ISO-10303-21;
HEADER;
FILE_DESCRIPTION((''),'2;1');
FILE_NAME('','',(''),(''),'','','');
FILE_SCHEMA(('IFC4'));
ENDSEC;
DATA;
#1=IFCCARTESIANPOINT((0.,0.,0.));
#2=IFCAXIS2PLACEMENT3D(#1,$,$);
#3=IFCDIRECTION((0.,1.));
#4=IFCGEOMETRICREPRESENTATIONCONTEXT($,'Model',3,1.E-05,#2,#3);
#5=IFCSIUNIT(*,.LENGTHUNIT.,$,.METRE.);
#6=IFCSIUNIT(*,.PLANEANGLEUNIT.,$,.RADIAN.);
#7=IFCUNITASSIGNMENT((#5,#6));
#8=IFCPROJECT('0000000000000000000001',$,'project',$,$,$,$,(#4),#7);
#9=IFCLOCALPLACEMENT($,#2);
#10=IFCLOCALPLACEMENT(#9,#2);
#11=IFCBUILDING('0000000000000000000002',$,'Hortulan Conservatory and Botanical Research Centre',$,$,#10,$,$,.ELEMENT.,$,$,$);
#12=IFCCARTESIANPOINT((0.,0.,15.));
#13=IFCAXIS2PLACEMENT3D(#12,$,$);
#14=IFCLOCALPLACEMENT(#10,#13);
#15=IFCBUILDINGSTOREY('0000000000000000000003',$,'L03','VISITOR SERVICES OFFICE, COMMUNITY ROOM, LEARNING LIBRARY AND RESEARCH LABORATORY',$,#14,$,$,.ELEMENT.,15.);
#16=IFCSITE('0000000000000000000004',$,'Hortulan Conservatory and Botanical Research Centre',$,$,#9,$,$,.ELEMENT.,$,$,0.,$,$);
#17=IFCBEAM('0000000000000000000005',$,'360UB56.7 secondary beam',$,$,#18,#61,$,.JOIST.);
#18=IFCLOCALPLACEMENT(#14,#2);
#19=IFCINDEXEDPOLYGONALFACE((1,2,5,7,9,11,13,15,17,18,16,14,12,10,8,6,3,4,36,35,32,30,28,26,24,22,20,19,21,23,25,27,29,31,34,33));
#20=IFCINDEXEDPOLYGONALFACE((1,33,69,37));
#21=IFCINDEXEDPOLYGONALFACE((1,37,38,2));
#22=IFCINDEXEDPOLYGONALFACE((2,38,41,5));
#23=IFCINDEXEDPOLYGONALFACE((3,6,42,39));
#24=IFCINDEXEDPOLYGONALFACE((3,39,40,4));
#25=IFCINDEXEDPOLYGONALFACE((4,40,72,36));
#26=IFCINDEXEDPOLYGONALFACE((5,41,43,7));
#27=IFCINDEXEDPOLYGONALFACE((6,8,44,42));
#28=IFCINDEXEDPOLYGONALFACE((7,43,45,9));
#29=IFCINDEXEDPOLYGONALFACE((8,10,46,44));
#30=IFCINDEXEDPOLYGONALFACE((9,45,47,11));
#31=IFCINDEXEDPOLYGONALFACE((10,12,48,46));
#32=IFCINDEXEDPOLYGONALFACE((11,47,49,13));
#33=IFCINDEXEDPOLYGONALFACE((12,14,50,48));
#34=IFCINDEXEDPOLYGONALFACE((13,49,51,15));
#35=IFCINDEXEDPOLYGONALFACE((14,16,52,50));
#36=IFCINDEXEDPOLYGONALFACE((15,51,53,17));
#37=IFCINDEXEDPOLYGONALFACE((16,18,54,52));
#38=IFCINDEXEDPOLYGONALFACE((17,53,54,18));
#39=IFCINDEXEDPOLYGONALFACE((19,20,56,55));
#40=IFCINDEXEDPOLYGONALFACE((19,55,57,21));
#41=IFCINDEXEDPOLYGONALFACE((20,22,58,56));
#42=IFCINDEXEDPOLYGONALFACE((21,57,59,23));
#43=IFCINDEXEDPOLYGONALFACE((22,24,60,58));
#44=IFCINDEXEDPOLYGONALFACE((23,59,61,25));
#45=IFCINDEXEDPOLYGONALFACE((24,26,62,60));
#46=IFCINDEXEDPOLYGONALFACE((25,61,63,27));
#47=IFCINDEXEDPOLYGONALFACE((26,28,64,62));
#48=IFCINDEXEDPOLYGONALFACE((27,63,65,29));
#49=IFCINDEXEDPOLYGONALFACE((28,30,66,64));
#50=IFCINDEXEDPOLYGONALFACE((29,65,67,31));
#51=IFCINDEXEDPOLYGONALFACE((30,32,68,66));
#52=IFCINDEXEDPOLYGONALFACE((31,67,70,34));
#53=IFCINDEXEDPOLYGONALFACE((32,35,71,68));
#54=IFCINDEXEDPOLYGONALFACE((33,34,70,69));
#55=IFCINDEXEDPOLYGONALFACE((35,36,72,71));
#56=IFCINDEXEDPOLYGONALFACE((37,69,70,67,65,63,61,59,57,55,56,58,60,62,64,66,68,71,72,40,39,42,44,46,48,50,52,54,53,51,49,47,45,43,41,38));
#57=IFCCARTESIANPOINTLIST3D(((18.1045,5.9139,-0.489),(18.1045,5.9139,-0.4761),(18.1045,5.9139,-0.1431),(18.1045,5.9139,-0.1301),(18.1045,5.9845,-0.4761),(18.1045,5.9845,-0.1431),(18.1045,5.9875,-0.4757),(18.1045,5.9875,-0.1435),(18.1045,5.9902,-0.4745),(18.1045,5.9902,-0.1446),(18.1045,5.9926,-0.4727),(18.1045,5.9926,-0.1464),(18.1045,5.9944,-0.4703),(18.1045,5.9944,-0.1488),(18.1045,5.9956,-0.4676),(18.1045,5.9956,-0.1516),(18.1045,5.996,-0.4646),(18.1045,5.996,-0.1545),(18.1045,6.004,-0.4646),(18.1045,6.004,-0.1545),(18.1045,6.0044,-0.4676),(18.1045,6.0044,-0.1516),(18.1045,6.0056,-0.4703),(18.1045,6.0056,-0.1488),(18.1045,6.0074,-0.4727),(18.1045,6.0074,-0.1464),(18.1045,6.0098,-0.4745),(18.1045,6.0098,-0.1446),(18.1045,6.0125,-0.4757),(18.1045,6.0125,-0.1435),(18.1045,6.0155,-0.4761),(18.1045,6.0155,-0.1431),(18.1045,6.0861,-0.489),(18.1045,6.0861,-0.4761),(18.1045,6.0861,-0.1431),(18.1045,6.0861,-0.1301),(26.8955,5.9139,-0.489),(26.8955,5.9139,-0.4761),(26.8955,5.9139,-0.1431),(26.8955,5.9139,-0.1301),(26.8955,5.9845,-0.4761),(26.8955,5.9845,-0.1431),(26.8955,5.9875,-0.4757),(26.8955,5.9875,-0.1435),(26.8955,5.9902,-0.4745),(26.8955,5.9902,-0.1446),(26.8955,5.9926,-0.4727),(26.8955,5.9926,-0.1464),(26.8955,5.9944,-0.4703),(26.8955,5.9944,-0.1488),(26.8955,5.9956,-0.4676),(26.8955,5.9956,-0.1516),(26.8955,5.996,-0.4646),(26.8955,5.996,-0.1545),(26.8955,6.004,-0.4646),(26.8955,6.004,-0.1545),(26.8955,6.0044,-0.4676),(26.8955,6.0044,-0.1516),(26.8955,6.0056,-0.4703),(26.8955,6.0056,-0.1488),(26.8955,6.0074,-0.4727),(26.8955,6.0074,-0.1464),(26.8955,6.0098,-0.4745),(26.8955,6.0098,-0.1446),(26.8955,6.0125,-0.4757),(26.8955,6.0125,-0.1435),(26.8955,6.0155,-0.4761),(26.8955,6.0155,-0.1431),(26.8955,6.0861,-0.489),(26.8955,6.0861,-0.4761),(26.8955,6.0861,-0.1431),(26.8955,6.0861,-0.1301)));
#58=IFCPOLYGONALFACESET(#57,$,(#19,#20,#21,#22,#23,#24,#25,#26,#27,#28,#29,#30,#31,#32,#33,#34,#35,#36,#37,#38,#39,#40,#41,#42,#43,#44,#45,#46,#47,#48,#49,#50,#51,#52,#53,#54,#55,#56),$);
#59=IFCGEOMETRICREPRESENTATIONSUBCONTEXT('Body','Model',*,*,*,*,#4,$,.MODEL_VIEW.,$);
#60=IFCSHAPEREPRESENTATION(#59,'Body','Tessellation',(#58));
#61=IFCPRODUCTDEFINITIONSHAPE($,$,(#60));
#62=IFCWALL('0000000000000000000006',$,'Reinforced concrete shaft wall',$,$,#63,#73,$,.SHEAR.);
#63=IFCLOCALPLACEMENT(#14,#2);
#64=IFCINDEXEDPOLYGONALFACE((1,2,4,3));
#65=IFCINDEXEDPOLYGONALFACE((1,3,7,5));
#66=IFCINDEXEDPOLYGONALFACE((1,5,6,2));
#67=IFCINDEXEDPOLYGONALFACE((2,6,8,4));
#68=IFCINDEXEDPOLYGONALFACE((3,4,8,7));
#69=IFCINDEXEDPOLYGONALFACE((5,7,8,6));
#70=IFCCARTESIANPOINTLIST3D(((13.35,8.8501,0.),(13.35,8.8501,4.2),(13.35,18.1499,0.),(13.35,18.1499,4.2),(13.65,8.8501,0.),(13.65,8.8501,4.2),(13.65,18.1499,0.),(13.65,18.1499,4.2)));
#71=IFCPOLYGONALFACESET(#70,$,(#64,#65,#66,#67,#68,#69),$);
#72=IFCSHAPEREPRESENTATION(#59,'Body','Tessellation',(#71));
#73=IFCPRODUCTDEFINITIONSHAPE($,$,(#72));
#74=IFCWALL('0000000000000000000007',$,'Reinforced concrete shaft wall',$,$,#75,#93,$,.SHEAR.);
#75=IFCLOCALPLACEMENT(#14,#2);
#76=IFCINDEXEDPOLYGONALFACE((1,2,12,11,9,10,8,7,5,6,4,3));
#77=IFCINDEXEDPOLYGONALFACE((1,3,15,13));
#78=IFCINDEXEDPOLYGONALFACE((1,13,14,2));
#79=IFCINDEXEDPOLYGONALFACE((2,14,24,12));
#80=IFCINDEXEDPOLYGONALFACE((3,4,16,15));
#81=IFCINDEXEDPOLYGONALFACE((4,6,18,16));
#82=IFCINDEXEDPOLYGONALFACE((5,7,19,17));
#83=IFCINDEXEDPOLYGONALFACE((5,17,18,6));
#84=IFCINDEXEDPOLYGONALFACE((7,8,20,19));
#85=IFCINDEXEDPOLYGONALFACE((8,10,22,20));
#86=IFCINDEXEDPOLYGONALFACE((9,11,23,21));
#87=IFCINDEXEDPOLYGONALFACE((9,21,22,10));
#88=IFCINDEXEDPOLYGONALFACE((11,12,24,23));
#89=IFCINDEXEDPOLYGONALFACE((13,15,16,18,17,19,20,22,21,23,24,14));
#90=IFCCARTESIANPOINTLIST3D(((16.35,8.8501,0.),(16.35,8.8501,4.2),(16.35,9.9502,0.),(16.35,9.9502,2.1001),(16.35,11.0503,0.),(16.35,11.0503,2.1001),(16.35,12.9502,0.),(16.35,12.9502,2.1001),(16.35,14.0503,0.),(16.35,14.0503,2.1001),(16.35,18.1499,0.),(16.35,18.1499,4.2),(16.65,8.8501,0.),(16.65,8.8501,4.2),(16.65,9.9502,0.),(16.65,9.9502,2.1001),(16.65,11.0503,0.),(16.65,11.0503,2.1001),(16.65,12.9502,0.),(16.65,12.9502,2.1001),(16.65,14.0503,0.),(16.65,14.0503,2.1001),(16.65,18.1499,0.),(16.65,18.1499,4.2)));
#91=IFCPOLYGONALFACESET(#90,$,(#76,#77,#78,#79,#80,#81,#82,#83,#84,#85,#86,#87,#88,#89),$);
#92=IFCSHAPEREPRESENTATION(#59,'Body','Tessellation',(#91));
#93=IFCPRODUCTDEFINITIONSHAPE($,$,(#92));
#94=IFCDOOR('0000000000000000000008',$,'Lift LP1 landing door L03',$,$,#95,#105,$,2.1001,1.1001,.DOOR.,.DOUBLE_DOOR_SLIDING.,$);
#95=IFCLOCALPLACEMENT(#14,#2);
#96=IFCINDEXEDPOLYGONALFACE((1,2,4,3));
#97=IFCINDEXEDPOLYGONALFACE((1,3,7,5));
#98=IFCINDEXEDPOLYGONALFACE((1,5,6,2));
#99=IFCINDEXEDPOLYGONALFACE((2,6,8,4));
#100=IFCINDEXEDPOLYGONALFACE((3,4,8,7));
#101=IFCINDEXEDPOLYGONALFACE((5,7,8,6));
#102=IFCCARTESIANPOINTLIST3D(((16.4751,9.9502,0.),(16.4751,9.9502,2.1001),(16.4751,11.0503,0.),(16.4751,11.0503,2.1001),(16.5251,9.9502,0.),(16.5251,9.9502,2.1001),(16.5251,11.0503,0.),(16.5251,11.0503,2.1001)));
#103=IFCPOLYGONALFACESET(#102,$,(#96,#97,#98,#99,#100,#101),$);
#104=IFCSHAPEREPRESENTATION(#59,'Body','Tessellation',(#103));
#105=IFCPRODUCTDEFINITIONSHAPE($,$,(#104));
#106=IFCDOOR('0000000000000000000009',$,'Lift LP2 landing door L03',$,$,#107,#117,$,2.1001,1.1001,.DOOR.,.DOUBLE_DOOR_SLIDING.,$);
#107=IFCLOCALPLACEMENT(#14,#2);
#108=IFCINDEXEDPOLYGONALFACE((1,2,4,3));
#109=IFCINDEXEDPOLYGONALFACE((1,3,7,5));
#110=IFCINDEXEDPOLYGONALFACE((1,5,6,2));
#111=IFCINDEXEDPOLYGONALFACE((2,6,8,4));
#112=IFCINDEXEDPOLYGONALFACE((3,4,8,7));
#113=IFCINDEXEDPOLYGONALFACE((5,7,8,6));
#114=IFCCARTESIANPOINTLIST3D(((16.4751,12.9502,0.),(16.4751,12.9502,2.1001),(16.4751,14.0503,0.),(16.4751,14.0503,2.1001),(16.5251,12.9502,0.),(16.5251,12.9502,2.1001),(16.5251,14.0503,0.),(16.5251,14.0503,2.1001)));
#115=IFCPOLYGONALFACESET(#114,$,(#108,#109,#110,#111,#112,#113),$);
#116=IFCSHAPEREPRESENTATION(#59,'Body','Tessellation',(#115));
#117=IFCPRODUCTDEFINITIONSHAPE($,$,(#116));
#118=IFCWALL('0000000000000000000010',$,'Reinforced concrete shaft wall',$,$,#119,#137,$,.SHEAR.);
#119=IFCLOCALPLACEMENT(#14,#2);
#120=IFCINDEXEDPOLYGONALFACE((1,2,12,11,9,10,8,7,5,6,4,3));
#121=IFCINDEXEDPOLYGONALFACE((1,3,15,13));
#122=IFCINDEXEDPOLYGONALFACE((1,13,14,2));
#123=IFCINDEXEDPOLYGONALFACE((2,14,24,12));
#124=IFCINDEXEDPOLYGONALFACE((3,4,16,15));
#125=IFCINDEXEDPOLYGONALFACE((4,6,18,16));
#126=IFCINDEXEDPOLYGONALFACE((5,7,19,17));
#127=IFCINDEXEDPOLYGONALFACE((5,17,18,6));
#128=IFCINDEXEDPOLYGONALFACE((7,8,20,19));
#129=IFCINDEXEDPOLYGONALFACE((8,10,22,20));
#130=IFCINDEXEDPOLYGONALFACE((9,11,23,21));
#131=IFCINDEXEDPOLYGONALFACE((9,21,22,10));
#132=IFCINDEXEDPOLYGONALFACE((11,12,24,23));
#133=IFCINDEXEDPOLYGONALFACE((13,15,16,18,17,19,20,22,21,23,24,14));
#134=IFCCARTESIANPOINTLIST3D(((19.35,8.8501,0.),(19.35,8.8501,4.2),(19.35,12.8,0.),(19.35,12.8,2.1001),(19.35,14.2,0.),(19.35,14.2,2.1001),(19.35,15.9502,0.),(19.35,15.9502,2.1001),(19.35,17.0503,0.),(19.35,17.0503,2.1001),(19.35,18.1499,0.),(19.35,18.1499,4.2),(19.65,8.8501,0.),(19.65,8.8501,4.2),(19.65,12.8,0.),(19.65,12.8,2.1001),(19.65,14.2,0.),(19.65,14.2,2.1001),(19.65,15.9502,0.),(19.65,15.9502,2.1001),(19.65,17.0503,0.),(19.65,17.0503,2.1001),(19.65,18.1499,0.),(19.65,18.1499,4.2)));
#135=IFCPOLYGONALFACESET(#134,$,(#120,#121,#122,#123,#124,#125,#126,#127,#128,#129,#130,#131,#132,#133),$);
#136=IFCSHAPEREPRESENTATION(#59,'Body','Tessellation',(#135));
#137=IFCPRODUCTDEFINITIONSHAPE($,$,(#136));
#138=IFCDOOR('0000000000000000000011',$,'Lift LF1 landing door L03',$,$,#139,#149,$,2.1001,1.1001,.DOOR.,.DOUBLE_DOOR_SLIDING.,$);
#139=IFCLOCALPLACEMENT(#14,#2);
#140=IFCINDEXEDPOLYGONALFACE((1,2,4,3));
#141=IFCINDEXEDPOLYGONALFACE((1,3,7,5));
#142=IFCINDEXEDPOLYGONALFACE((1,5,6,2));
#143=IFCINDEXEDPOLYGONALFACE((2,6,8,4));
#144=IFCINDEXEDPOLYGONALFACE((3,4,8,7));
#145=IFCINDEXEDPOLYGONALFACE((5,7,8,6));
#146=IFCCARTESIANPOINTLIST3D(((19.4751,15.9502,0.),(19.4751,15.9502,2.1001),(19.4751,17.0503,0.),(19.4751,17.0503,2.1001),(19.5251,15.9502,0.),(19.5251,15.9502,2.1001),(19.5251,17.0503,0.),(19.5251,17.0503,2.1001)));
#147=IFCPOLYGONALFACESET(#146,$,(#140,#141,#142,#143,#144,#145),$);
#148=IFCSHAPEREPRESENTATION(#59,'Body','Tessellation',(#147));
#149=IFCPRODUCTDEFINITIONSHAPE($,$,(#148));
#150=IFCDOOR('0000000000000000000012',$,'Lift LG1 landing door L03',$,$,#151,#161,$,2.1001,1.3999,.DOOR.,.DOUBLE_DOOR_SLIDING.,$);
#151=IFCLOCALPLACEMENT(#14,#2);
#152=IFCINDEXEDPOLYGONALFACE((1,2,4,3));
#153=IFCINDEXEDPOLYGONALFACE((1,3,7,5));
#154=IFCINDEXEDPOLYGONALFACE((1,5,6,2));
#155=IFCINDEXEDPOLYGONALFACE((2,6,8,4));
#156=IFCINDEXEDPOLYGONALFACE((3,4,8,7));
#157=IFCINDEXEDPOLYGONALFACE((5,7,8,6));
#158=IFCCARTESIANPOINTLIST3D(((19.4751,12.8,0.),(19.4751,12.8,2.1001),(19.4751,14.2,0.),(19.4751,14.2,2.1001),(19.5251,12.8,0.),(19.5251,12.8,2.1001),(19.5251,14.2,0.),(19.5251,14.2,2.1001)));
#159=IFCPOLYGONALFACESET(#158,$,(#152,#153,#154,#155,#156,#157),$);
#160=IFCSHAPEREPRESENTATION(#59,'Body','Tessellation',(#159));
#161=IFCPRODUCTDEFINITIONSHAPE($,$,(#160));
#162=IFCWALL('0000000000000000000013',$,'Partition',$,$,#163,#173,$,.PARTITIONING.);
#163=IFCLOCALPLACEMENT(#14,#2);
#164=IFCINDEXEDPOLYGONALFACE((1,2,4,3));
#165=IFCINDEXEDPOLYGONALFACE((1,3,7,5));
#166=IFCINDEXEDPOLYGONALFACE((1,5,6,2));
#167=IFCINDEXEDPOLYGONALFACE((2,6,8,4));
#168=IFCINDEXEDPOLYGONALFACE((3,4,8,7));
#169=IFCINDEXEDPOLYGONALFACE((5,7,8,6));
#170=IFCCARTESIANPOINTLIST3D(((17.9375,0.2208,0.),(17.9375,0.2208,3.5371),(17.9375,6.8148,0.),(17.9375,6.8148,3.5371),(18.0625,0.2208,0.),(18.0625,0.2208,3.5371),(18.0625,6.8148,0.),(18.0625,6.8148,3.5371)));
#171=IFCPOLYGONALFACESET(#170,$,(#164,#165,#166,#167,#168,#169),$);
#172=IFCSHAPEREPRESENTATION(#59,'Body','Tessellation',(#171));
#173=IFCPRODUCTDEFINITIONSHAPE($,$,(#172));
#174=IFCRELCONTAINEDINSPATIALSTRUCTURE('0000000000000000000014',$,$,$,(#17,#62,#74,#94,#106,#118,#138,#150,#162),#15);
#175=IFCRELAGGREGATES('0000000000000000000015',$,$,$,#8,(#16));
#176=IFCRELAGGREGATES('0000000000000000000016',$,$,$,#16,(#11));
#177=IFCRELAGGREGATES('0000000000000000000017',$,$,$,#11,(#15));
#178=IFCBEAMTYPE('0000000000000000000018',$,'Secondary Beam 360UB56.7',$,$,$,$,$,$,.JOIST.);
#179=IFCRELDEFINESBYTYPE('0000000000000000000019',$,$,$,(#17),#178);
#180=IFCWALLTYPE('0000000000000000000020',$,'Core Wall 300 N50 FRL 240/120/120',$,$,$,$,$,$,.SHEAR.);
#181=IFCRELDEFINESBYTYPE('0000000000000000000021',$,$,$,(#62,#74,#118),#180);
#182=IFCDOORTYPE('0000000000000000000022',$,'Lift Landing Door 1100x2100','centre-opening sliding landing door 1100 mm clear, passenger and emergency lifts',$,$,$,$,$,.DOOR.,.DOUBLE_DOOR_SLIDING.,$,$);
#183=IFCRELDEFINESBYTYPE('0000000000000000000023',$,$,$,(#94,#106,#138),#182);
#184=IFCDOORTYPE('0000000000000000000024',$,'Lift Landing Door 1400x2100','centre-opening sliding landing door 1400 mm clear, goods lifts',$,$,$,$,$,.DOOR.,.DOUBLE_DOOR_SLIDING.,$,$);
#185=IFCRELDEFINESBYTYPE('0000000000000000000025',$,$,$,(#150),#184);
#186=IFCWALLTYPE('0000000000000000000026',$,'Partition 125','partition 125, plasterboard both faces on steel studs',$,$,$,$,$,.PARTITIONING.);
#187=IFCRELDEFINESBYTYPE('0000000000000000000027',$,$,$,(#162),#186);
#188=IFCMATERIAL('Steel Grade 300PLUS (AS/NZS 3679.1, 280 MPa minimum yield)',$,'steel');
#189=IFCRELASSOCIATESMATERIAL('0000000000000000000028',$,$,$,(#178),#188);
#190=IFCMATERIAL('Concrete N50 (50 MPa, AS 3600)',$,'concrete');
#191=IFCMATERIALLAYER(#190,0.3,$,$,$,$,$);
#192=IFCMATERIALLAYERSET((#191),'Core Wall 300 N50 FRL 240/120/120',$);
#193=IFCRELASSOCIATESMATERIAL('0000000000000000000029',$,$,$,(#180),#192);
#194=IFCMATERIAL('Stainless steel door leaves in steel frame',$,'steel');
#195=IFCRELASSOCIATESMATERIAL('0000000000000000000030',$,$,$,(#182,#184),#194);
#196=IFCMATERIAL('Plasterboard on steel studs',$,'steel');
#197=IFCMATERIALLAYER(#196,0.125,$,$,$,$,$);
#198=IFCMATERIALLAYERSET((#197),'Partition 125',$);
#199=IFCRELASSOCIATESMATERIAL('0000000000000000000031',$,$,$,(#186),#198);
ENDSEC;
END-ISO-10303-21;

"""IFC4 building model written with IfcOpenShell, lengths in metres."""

from ifc_helpers import new_model, si_unit, direction, frame, frame_2d, origin, origin_2d, place, context, subcontext, project, spatial, rectangle, i_section, extrude, material, layer, layer_set, material_profile, profile_set, type_object, element, fill, save


model = new_model("IFC4")

# Units and contexts
model_context = context("Model", 3, precision=1e-05, world=origin(), true_north=direction((0.0, 1.0)))
body_context = subcontext(model_context, "Body", "Model", "MODEL_VIEW")
ifc_project = project(units=[si_unit("LENGTHUNIT", "METRE"), si_unit("PLANEANGLEUNIT", "RADIAN")], contexts=[model_context])

# Site, building, storey
site_placement = place(None, origin())
site = spatial("IfcSite", under=ifc_project, at=site_placement, Name="Hortulan Conservatory and Botanical Research Centre", CompositionType="ELEMENT", RefElevation=0.0)
building_placement = place(site_placement, origin())
building = spatial("IfcBuilding", under=site, at=building_placement, Name="Hortulan Conservatory and Botanical Research Centre", CompositionType="ELEMENT")
storey_placement = place(building_placement, frame((0.0, 0.0, 15.0)))
storey = spatial("IfcBuildingStorey", under=building, at=storey_placement, Name="L03", Description="VISITOR SERVICES OFFICE, COMMUNITY ROOM, LEARNING LIBRARY AND RESEARCH LABORATORY", CompositionType="ELEMENT", Elevation=15.0)

# Beam
ifc_material_1 = material(Name="Steel Grade 300PLUS (AS/NZS 3679.1, 280 MPa minimum yield)", Category="steel")
ifc_material_profile_1 = material_profile(ifc_material_1, i_section(OverallWidth=0.1721, OverallDepth=0.3589, WebThickness=0.0081, FlangeThickness=0.0129, FilletRadius=0.0115, at=origin_2d()), Name="360UB56.7")
ifc_profile_set_1 = profile_set([ifc_material_profile_1], Name="Steel Grade 300PLUS (AS/NZS 3679.1, 280 MPa minimum yield)")
beam_type_1 = type_object("IfcBeamType", Name="Secondary Beam 360UB56.7", PredefinedType="JOIST", material=ifc_profile_set_1)
for number, where, z_axis, x_axis, name in (
    (1, (18.1045, 6.0, -0.3096), (1.0, 0.0, 0.0), (0.0, 1.0, 0.0), "360UB56.7 secondary beam"),
):
    element("IfcBeam", number, at=place(storey_placement, frame(where, z_axis=z_axis, x_axis=x_axis)), inside=storey, type_object=beam_type_1, Name=name, PredefinedType="JOIST", context=body_context, shape_type="SweptSolid", body=[
        extrude(i_section(OverallWidth=0.1721, OverallDepth=0.3589, WebThickness=0.0081, FlangeThickness=0.0129, FilletRadius=0.0115, at=origin_2d()), origin(), (0.0, 0.0, 1.0), 8.791),
    ])

# Wall
ifc_material_2 = material(Name="Concrete N50 (50 MPa, AS 3600)", Category="concrete")
ifc_layer_1 = layer(ifc_material_2, 0.3)
ifc_layer_set_1 = layer_set([ifc_layer_1], Name="Core Wall 300 N50 FRL 240/120/120")
wall_type_1 = type_object("IfcWallType", Name="Core Wall 300 N50 FRL 240/120/120", PredefinedType="SHEAR", material=ifc_layer_set_1)
wall_1_placement = place(storey_placement, frame((13.5, 8.8501, 0.0), z_axis=(0.0, 0.0, 1.0), x_axis=(0.0, 1.0, 0.0)))
element("IfcWall", 2, at=wall_1_placement, inside=storey, type_object=wall_type_1, Name="Reinforced concrete shaft wall", PredefinedType="SHEAR", context=body_context, shape_type="SweptSolid", body=[
    extrude(rectangle(XDim=9.2998, YDim=0.3, at=frame_2d((4.6499, 0.0))), origin(), (0.0, 0.0, 1.0), 4.2),
])

# Walls, openings, doors
wall_2_placement = place(storey_placement, frame((16.5, 8.8501, 0.0), z_axis=(0.0, 0.0, 1.0), x_axis=(0.0, 1.0, 0.0)))
wall_2 = element("IfcWall", 3, at=wall_2_placement, inside=storey, type_object=wall_type_1, Name="Reinforced concrete shaft wall", PredefinedType="SHEAR", context=body_context, shape_type="SweptSolid", body=[
    extrude(rectangle(XDim=9.2998, YDim=0.3, at=frame_2d((4.6499, 0.0))), origin(), (0.0, 0.0, 1.0), 4.2),
])
opening_1_placement = place(wall_2_placement, frame((1.1001, 0.0, 0.0)))
opening_1 = element("IfcOpeningElement", 4, at=opening_1_placement, cuts=wall_2, PredefinedType="OPENING", context=body_context, shape_type="SweptSolid", body=[
    extrude(rectangle(XDim=1.1001, YDim=2.1001, at=frame_2d((0.55, 1.05))), frame((0.0, 0.1599, 0.0), z_axis=(0.0, -1.0, 0.0), x_axis=(1.0, 0.0, 0.0)), (0.0, 0.0, 1.0), 0.3201),
])
opening_2_placement = place(wall_2_placement, frame((4.1001, 0.0, 0.0)))
opening_2 = element("IfcOpeningElement", 5, at=opening_2_placement, cuts=wall_2, PredefinedType="OPENING", context=body_context, shape_type="SweptSolid", body=[
    extrude(rectangle(XDim=1.1001, YDim=2.1001, at=frame_2d((0.55, 1.05))), frame((0.0, 0.1599, 0.0), z_axis=(0.0, -1.0, 0.0), x_axis=(1.0, 0.0, 0.0)), (0.0, 0.0, 1.0), 0.3201),
])
ifc_material_3 = material(Name="Stainless steel door leaves in steel frame", Category="steel")
door_type_1 = type_object("IfcDoorType", Name="Lift Landing Door 1100x2100", Description="centre-opening sliding landing door 1100 mm clear, passenger and emergency lifts", OperationType="DOUBLE_DOOR_SLIDING", PredefinedType="DOOR", material=ifc_material_3)
door_1_placement = place(opening_1_placement, origin())
door_1 = element("IfcDoor", 6, at=door_1_placement, inside=storey, type_object=door_type_1, Name="Lift LP1 landing door L03", OperationType="DOUBLE_DOOR_SLIDING", OverallHeight=2.1001, OverallWidth=1.1001, PredefinedType="DOOR", context=body_context, shape_type="SweptSolid", body=[
    extrude(rectangle(XDim=1.1001, YDim=2.1001, at=frame_2d((0.55, 1.05))), frame((0.0, 0.0249, 0.0), z_axis=(0.0, -1.0, 0.0), x_axis=(1.0, 0.0, 0.0)), (0.0, 0.0, 1.0), 0.05),
])
fill(opening_1, door_1)
door_2_placement = place(opening_2_placement, origin())
door_2 = element("IfcDoor", 7, at=door_2_placement, inside=storey, type_object=door_type_1, Name="Lift LP2 landing door L03", OperationType="DOUBLE_DOOR_SLIDING", OverallHeight=2.1001, OverallWidth=1.1001, PredefinedType="DOOR", context=body_context, shape_type="SweptSolid", body=[
    extrude(rectangle(XDim=1.1001, YDim=2.1001, at=frame_2d((0.55, 1.05))), frame((0.0, 0.0249, 0.0), z_axis=(0.0, -1.0, 0.0), x_axis=(1.0, 0.0, 0.0)), (0.0, 0.0, 1.0), 0.05),
])
fill(opening_2, door_2)
wall_3_placement = place(storey_placement, frame((19.5, 8.8501, 0.0), z_axis=(0.0, 0.0, 1.0), x_axis=(0.0, 1.0, 0.0)))
wall_3 = element("IfcWall", 8, at=wall_3_placement, inside=storey, type_object=wall_type_1, Name="Reinforced concrete shaft wall", PredefinedType="SHEAR", context=body_context, shape_type="SweptSolid", body=[
    extrude(rectangle(XDim=9.2998, YDim=0.3, at=frame_2d((4.6499, 0.0))), origin(), (0.0, 0.0, 1.0), 4.2),
])
opening_3_placement = place(wall_3_placement, frame((3.95, 0.0, 0.0)))
opening_3 = element("IfcOpeningElement", 9, at=opening_3_placement, cuts=wall_3, PredefinedType="OPENING", context=body_context, shape_type="SweptSolid", body=[
    extrude(rectangle(XDim=1.3999, YDim=2.1001, at=frame_2d((0.7, 1.05))), frame((0.0, 0.1599, 0.0), z_axis=(0.0, -1.0, 0.0), x_axis=(1.0, 0.0, 0.0)), (0.0, 0.0, 1.0), 0.3201),
])
opening_4_placement = place(wall_3_placement, frame((7.1001, 0.0, 0.0)))
opening_4 = element("IfcOpeningElement", 10, at=opening_4_placement, cuts=wall_3, PredefinedType="OPENING", context=body_context, shape_type="SweptSolid", body=[
    extrude(rectangle(XDim=1.1001, YDim=2.1001, at=frame_2d((0.55, 1.05))), frame((0.0, 0.1599, 0.0), z_axis=(0.0, -1.0, 0.0), x_axis=(1.0, 0.0, 0.0)), (0.0, 0.0, 1.0), 0.3201),
])
door_3_placement = place(opening_4_placement, origin())
door_3 = element("IfcDoor", 11, at=door_3_placement, inside=storey, type_object=door_type_1, Name="Lift LF1 landing door L03", OperationType="DOUBLE_DOOR_SLIDING", OverallHeight=2.1001, OverallWidth=1.1001, PredefinedType="DOOR", context=body_context, shape_type="SweptSolid", body=[
    extrude(rectangle(XDim=1.1001, YDim=2.1001, at=frame_2d((0.55, 1.05))), frame((0.0, 0.0249, 0.0), z_axis=(0.0, -1.0, 0.0), x_axis=(1.0, 0.0, 0.0)), (0.0, 0.0, 1.0), 0.05),
])
fill(opening_4, door_3)
door_type_2 = type_object("IfcDoorType", Name="Lift Landing Door 1400x2100", Description="centre-opening sliding landing door 1400 mm clear, goods lifts", OperationType="DOUBLE_DOOR_SLIDING", PredefinedType="DOOR", material=ifc_material_3)
door_4_placement = place(opening_3_placement, origin())
door_4 = element("IfcDoor", 12, at=door_4_placement, inside=storey, type_object=door_type_2, Name="Lift LG1 landing door L03", OperationType="DOUBLE_DOOR_SLIDING", OverallHeight=2.1001, OverallWidth=1.3999, PredefinedType="DOOR", context=body_context, shape_type="SweptSolid", body=[
    extrude(rectangle(XDim=1.3999, YDim=2.1001, at=frame_2d((0.7, 1.05))), frame((0.0, 0.0249, 0.0), z_axis=(0.0, -1.0, 0.0), x_axis=(1.0, 0.0, 0.0)), (0.0, 0.0, 1.0), 0.05),
])
fill(opening_3, door_4)

# Wall
ifc_material_4 = material(Name="Plasterboard on steel studs", Category="steel")
ifc_layer_2 = layer(ifc_material_4, 0.125)
ifc_layer_set_2 = layer_set([ifc_layer_2], Name="Partition 125")
wall_type_2 = type_object("IfcWallType", Name="Partition 125", Description="partition 125, plasterboard both faces on steel studs", PredefinedType="PARTITIONING", material=ifc_layer_set_2)
wall_4_placement = place(storey_placement, frame((18.0, 0.2209, 0.0), z_axis=(0.0, 0.0, 1.0), x_axis=(0.0, 1.0, 0.0)))
element("IfcWall", 13, at=wall_4_placement, inside=storey, type_object=wall_type_2, Name="Partition", PredefinedType="PARTITIONING", context=body_context, shape_type="SweptSolid", body=[
    extrude(rectangle(XDim=6.594, YDim=0.125, at=frame_2d((3.2969, 0.0))), origin(), (0.0, 0.0, 1.0), 3.5371),
])

save(model, "model.ifc")
